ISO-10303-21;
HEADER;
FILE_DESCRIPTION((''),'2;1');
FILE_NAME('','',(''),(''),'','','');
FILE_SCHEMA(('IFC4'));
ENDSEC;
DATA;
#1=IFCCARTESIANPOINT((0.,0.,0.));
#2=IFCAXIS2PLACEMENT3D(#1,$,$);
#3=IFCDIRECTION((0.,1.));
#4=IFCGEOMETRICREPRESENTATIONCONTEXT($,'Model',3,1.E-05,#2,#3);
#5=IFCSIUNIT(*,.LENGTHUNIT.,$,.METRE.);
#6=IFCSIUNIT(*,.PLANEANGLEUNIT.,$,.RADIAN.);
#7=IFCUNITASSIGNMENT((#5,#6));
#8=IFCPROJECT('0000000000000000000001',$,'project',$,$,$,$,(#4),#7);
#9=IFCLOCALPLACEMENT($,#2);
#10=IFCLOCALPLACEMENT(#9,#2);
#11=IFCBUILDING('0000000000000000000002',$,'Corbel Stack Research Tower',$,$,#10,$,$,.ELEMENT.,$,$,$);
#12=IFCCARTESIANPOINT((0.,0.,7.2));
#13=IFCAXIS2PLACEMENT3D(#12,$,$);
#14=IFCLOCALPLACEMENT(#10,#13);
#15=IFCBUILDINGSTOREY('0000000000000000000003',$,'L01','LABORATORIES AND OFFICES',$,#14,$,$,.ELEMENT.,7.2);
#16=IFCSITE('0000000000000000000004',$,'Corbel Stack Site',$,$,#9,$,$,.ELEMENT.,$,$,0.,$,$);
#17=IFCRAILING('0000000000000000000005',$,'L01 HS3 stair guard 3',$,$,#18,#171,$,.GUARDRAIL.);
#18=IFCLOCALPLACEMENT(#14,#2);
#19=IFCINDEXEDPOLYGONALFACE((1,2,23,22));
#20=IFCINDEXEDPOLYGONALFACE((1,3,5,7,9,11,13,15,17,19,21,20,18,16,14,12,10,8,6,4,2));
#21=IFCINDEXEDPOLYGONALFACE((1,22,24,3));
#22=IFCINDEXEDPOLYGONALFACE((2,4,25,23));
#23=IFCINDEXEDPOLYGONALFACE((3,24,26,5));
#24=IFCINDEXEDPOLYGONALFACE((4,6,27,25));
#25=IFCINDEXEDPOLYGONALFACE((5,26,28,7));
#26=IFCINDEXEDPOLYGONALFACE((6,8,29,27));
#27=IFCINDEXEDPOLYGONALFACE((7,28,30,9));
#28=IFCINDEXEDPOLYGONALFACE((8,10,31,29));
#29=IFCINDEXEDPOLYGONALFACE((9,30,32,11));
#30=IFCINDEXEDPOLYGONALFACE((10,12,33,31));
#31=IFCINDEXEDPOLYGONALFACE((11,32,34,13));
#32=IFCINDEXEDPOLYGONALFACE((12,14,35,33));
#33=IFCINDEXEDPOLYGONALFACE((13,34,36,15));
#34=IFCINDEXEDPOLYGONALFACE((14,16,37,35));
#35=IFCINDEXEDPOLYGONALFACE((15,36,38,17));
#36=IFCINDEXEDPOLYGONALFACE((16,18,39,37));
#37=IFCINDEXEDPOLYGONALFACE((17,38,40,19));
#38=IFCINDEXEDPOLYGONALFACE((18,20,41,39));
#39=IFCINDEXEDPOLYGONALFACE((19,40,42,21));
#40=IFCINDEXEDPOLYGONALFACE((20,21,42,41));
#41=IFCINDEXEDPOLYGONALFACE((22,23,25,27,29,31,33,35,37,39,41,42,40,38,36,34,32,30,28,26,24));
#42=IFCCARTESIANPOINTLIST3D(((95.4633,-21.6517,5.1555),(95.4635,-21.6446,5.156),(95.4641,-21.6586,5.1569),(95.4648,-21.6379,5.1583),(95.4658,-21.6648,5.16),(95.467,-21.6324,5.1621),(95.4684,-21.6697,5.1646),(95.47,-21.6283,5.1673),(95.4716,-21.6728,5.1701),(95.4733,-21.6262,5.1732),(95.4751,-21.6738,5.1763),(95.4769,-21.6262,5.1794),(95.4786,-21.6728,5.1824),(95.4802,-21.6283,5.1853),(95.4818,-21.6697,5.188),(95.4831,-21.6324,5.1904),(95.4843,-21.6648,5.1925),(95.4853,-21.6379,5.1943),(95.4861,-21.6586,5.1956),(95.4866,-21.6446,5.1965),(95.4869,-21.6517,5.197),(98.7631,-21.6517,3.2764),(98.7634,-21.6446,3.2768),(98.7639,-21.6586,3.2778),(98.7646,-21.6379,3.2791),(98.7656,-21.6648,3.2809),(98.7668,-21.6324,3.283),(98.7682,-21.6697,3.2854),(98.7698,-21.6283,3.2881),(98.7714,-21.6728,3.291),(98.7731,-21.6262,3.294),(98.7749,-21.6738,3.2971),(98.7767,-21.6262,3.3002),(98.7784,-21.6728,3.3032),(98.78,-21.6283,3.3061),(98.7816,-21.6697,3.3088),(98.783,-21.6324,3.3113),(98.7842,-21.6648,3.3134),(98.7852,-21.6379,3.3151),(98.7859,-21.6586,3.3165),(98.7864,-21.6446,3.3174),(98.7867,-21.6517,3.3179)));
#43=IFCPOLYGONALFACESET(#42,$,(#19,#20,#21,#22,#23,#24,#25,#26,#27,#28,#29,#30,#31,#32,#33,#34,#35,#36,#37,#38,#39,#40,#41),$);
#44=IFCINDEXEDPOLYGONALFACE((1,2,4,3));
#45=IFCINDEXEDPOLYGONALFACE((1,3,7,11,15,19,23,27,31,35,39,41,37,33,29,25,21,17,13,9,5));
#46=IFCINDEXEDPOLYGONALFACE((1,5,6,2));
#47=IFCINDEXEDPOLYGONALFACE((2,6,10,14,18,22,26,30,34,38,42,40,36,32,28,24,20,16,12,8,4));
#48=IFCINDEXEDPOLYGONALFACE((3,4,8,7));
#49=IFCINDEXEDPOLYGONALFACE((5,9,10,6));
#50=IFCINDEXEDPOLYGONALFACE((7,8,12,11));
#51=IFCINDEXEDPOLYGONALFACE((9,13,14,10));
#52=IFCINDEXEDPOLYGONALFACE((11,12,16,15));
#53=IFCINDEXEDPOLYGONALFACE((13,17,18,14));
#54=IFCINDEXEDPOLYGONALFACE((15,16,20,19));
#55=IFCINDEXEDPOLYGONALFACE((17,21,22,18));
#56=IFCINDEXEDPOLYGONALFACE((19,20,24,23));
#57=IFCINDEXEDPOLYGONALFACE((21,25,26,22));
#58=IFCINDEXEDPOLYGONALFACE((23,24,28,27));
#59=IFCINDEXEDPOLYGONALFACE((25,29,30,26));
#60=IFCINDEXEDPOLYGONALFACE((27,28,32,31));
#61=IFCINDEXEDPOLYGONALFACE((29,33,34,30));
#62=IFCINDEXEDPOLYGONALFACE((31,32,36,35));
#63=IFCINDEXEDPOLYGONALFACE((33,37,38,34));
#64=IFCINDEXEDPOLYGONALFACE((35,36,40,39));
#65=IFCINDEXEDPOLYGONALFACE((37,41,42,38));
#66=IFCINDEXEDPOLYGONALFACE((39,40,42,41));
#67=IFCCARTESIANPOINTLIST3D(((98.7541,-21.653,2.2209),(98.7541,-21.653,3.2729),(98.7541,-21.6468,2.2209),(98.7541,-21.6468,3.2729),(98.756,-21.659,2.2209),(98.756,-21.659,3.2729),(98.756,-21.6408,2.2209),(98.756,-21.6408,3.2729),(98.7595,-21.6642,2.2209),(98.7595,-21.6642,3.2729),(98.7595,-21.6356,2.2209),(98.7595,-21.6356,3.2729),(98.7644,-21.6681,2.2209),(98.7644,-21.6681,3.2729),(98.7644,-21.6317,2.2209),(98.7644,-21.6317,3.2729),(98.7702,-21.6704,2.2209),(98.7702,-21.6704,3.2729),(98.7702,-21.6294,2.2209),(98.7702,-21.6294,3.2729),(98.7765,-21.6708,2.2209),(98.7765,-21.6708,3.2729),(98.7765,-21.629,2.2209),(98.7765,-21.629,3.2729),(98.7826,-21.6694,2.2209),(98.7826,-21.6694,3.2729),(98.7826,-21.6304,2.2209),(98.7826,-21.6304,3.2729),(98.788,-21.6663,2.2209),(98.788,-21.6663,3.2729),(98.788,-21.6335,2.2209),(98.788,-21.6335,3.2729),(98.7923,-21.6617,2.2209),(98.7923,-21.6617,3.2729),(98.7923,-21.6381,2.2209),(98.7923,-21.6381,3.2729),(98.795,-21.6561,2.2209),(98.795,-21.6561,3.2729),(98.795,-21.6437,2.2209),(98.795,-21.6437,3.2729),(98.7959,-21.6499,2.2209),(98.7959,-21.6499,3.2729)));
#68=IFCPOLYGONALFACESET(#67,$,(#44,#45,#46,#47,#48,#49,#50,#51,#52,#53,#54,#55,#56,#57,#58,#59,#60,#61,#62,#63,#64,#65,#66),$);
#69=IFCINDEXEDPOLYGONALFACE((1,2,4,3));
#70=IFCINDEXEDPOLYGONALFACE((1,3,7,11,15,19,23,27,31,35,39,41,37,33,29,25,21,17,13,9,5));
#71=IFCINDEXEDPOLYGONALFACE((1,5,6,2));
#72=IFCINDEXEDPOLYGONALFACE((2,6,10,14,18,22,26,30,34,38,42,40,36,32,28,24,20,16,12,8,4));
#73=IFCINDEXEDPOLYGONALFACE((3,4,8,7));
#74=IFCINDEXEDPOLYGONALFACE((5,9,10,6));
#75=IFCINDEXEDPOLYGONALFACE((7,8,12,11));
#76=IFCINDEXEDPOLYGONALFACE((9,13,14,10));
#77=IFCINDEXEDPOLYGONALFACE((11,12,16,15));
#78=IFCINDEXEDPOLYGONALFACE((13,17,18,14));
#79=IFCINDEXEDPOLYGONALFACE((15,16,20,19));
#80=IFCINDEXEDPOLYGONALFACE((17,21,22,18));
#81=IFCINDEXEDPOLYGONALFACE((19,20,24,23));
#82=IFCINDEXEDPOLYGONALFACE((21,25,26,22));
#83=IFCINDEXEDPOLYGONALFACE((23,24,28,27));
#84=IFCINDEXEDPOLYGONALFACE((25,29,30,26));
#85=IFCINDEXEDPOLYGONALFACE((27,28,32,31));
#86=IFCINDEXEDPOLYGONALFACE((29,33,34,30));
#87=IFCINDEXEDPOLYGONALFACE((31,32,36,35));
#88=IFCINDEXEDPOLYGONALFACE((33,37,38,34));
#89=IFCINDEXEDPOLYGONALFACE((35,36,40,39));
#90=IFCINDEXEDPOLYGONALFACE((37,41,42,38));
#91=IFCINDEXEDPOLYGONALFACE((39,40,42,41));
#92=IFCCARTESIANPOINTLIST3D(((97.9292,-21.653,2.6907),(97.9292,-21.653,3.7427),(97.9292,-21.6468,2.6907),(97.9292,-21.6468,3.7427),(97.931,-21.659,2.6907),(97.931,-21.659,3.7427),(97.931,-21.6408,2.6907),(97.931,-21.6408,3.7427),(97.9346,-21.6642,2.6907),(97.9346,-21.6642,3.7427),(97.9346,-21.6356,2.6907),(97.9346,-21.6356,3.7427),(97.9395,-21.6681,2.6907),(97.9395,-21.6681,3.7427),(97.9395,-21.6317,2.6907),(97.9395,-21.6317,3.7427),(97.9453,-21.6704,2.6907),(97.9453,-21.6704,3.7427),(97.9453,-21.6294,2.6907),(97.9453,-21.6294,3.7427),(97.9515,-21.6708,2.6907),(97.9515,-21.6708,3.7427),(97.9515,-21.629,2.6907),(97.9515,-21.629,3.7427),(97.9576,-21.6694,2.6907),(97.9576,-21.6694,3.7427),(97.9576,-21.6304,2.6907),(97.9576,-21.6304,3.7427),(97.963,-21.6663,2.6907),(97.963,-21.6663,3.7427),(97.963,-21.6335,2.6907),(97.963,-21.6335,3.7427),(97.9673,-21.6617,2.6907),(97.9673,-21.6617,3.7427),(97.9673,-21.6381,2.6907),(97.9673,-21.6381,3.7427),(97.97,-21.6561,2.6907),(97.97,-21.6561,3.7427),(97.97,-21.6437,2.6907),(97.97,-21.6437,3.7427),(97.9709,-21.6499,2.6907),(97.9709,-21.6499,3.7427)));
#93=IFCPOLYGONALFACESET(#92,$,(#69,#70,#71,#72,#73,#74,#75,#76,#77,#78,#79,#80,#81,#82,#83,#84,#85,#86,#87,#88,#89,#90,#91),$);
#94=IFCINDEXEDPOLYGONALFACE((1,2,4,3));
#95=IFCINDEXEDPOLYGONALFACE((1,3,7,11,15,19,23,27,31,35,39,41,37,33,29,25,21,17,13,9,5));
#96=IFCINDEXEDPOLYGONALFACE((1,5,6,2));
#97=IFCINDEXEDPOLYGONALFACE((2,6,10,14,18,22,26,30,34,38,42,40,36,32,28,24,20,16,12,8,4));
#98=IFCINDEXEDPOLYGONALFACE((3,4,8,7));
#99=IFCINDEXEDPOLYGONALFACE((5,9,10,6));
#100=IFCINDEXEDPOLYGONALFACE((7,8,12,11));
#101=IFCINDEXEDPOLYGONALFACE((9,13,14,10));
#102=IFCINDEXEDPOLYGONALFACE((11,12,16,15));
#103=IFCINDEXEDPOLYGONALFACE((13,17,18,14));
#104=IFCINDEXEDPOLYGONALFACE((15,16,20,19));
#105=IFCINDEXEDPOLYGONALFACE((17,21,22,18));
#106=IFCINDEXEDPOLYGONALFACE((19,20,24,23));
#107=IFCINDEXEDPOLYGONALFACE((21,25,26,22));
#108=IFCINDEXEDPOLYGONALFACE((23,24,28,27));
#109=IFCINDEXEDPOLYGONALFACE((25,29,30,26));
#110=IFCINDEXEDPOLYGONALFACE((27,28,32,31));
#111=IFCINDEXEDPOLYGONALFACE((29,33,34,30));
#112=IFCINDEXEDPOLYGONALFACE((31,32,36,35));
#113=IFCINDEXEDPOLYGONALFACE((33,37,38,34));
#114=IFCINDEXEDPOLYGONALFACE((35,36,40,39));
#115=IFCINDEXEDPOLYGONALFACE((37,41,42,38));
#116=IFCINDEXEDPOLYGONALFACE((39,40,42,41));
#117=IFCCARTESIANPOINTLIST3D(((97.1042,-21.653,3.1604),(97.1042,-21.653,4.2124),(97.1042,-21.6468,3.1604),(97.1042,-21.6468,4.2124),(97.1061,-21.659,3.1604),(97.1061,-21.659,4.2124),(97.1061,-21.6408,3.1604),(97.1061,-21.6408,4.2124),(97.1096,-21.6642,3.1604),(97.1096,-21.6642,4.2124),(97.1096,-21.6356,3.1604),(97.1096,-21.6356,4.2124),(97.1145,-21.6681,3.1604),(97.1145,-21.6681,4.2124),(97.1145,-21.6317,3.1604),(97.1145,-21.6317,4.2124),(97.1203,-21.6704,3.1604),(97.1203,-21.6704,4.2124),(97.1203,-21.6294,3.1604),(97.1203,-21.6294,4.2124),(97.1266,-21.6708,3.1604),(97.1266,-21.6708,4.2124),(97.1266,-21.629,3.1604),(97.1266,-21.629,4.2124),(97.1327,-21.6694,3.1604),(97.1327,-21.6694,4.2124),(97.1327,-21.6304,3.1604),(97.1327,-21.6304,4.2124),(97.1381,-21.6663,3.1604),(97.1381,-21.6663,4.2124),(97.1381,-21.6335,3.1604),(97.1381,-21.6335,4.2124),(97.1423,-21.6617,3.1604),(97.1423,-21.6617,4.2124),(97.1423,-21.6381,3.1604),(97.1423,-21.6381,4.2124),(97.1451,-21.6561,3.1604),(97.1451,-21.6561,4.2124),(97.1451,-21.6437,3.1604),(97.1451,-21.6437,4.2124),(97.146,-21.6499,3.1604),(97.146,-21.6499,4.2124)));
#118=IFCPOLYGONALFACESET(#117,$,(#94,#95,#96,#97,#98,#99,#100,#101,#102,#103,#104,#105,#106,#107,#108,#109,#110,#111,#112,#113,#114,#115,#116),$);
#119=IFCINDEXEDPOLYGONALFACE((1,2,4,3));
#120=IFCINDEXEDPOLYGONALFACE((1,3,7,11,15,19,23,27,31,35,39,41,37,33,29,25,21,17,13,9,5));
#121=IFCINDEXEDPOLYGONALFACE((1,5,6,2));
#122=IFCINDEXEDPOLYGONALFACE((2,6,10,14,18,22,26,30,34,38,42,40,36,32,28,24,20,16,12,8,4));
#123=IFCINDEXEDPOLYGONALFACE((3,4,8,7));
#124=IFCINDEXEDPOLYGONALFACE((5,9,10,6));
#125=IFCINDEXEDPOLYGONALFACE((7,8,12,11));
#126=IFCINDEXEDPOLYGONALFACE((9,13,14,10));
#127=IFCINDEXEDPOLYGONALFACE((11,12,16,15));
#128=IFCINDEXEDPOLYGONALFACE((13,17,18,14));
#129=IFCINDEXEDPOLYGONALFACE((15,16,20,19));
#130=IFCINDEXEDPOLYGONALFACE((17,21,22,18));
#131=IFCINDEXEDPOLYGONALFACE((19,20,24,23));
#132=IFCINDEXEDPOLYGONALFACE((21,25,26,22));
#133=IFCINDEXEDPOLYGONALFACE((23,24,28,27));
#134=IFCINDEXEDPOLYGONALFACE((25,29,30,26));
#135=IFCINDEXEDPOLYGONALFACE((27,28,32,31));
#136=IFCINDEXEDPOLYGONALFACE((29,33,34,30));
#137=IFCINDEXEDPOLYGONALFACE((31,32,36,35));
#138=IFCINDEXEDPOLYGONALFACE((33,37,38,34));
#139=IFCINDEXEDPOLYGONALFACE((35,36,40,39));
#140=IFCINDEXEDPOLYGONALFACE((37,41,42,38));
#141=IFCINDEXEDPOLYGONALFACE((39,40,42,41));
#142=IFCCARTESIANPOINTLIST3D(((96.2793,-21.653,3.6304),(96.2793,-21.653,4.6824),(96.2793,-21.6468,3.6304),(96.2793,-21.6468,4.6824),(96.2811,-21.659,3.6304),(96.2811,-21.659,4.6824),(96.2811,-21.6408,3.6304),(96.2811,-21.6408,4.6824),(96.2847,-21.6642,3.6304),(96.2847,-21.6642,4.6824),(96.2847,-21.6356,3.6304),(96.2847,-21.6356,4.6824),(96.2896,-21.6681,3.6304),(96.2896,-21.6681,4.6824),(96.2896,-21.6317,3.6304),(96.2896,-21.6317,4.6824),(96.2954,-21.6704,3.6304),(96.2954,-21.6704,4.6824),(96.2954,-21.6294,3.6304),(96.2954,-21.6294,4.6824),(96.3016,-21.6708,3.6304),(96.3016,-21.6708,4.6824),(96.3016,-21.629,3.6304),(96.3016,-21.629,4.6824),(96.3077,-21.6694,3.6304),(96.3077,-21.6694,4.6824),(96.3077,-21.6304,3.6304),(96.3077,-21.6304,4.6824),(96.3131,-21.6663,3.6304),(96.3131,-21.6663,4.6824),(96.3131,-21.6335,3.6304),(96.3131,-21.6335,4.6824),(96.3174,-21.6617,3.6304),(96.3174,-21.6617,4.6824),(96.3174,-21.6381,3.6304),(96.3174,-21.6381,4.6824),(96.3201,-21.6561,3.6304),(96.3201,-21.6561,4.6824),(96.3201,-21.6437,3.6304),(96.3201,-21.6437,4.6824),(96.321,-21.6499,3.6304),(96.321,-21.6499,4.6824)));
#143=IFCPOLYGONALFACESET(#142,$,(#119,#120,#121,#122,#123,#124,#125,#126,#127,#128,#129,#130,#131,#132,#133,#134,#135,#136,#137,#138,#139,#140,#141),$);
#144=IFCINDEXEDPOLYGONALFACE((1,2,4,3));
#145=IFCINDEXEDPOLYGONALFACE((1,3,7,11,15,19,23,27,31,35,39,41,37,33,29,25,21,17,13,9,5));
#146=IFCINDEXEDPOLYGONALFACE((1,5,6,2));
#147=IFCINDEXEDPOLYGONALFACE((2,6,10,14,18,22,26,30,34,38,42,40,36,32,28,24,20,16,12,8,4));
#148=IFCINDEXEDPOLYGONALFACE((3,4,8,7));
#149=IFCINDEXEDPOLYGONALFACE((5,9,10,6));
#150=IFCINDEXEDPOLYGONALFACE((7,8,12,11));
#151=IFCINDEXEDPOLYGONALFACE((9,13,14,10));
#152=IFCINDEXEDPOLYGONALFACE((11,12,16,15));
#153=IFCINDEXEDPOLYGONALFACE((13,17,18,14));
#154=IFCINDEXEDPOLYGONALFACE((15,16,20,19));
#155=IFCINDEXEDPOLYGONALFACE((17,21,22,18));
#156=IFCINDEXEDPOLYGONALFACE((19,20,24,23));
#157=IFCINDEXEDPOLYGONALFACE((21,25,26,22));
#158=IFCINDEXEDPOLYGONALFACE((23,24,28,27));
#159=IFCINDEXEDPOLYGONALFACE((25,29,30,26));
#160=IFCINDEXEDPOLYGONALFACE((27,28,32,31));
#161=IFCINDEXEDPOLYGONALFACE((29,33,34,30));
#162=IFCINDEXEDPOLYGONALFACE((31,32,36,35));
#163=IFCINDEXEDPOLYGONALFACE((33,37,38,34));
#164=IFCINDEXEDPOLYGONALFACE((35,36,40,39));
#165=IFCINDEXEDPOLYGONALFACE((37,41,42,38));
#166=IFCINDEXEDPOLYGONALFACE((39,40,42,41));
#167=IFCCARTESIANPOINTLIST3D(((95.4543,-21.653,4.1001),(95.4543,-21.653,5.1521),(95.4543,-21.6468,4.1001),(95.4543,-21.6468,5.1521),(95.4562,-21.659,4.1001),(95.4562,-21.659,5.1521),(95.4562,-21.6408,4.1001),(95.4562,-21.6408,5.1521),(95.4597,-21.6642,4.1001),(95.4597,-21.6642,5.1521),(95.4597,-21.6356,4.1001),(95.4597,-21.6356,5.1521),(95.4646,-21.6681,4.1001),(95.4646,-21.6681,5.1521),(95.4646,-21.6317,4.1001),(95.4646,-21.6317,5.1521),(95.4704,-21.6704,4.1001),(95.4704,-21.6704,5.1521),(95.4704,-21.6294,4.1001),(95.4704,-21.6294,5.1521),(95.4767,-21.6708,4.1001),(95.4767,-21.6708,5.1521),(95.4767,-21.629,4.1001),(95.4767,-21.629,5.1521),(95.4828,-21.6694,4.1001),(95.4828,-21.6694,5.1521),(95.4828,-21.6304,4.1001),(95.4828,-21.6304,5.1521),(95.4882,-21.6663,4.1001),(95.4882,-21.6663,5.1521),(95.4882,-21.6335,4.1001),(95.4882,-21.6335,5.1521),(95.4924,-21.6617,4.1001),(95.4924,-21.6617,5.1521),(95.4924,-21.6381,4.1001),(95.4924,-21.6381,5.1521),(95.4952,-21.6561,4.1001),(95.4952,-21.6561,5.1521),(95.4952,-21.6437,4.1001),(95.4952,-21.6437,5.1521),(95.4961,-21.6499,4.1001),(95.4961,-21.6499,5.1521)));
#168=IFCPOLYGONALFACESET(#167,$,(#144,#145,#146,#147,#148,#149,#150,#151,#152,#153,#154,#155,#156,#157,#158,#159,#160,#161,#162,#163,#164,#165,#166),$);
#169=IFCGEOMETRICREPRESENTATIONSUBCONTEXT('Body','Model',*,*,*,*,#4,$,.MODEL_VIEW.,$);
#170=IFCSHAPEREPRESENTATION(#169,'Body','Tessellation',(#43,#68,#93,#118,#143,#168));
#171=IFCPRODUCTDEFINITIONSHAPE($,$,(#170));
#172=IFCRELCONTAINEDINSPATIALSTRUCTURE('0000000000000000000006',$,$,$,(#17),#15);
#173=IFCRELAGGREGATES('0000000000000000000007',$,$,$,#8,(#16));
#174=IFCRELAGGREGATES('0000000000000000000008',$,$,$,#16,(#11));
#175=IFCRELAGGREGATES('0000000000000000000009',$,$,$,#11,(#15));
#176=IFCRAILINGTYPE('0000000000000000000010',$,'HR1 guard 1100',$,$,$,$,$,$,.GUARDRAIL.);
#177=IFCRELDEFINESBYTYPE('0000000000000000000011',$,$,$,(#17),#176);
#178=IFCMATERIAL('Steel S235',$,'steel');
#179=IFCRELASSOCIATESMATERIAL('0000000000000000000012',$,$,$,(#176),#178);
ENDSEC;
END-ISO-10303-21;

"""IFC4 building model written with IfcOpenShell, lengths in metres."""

from ifc_helpers import new_model, si_unit, direction, frame, origin, origin_2d, place, context, subcontext, project, spatial, circle, extrude, material, type_object, element, save


model = new_model("IFC4")

# Units and contexts
model_context = context("Model", 3, precision=1e-05, world=origin(), true_north=direction((0.0, 1.0)))
body_context = subcontext(model_context, "Body", "Model", "MODEL_VIEW")
ifc_project = project(units=[si_unit("LENGTHUNIT", "METRE"), si_unit("PLANEANGLEUNIT", "RADIAN")], contexts=[model_context])

# Site, building, storey
site_placement = place(None, origin())
site = spatial("IfcSite", under=ifc_project, at=site_placement, Name="Corbel Stack Site", CompositionType="ELEMENT", RefElevation=0.0)
building_placement = place(site_placement, origin())
building = spatial("IfcBuilding", under=site, at=building_placement, Name="Corbel Stack Research Tower", CompositionType="ELEMENT")
storey_placement = place(building_placement, frame((0.0, 0.0, 7.2)))
storey = spatial("IfcBuildingStorey", under=building, at=storey_placement, Name="L01", Description="LABORATORIES AND OFFICES", CompositionType="ELEMENT", Elevation=7.2)

# Railing
ifc_material_1 = material(Name="Steel S235", Category="steel")
railing_type_1 = type_object("IfcRailingType", Name="HR1 guard 1100", PredefinedType="GUARDRAIL", material=ifc_material_1)
railing_1_placement = place(storey_placement, frame((98.7749, -21.6499, 2.2209)))
element("IfcRailing", 1, at=railing_1_placement, inside=storey, type_object=railing_type_1, Name="L01 HS3 stair guard 3", PredefinedType="GUARDRAIL", context=body_context, shape_type="SweptSolid", body=[
    extrude(circle(Radius=0.0239, at=origin_2d()), frame((0.0, 0.0, 1.0762), z_axis=(-0.868974, 0.0, 0.494857), x_axis=(0.0, -1.0, 0.0)), (0.0, 0.0, 1.0), 3.7974),
    extrude(circle(Radius=0.021, at=origin_2d()), origin(), (0.0, 0.0, 1.0), 1.052),
    extrude(circle(Radius=0.021, at=origin_2d()), frame((-0.825, 0.0, 0.4697)), (0.0, 0.0, 1.0), 1.052),
    extrude(circle(Radius=0.021, at=origin_2d()), frame((-1.6499, 0.0, 0.9395)), (0.0, 0.0, 1.0), 1.052),
    extrude(circle(Radius=0.021, at=origin_2d()), frame((-2.4749, 0.0, 1.4094)), (0.0, 0.0, 1.0), 1.052),
    extrude(circle(Radius=0.021, at=origin_2d()), frame((-3.2998, 0.0, 1.8792)), (0.0, 0.0, 1.0), 1.052),
])

save(model, "model.ifc")
